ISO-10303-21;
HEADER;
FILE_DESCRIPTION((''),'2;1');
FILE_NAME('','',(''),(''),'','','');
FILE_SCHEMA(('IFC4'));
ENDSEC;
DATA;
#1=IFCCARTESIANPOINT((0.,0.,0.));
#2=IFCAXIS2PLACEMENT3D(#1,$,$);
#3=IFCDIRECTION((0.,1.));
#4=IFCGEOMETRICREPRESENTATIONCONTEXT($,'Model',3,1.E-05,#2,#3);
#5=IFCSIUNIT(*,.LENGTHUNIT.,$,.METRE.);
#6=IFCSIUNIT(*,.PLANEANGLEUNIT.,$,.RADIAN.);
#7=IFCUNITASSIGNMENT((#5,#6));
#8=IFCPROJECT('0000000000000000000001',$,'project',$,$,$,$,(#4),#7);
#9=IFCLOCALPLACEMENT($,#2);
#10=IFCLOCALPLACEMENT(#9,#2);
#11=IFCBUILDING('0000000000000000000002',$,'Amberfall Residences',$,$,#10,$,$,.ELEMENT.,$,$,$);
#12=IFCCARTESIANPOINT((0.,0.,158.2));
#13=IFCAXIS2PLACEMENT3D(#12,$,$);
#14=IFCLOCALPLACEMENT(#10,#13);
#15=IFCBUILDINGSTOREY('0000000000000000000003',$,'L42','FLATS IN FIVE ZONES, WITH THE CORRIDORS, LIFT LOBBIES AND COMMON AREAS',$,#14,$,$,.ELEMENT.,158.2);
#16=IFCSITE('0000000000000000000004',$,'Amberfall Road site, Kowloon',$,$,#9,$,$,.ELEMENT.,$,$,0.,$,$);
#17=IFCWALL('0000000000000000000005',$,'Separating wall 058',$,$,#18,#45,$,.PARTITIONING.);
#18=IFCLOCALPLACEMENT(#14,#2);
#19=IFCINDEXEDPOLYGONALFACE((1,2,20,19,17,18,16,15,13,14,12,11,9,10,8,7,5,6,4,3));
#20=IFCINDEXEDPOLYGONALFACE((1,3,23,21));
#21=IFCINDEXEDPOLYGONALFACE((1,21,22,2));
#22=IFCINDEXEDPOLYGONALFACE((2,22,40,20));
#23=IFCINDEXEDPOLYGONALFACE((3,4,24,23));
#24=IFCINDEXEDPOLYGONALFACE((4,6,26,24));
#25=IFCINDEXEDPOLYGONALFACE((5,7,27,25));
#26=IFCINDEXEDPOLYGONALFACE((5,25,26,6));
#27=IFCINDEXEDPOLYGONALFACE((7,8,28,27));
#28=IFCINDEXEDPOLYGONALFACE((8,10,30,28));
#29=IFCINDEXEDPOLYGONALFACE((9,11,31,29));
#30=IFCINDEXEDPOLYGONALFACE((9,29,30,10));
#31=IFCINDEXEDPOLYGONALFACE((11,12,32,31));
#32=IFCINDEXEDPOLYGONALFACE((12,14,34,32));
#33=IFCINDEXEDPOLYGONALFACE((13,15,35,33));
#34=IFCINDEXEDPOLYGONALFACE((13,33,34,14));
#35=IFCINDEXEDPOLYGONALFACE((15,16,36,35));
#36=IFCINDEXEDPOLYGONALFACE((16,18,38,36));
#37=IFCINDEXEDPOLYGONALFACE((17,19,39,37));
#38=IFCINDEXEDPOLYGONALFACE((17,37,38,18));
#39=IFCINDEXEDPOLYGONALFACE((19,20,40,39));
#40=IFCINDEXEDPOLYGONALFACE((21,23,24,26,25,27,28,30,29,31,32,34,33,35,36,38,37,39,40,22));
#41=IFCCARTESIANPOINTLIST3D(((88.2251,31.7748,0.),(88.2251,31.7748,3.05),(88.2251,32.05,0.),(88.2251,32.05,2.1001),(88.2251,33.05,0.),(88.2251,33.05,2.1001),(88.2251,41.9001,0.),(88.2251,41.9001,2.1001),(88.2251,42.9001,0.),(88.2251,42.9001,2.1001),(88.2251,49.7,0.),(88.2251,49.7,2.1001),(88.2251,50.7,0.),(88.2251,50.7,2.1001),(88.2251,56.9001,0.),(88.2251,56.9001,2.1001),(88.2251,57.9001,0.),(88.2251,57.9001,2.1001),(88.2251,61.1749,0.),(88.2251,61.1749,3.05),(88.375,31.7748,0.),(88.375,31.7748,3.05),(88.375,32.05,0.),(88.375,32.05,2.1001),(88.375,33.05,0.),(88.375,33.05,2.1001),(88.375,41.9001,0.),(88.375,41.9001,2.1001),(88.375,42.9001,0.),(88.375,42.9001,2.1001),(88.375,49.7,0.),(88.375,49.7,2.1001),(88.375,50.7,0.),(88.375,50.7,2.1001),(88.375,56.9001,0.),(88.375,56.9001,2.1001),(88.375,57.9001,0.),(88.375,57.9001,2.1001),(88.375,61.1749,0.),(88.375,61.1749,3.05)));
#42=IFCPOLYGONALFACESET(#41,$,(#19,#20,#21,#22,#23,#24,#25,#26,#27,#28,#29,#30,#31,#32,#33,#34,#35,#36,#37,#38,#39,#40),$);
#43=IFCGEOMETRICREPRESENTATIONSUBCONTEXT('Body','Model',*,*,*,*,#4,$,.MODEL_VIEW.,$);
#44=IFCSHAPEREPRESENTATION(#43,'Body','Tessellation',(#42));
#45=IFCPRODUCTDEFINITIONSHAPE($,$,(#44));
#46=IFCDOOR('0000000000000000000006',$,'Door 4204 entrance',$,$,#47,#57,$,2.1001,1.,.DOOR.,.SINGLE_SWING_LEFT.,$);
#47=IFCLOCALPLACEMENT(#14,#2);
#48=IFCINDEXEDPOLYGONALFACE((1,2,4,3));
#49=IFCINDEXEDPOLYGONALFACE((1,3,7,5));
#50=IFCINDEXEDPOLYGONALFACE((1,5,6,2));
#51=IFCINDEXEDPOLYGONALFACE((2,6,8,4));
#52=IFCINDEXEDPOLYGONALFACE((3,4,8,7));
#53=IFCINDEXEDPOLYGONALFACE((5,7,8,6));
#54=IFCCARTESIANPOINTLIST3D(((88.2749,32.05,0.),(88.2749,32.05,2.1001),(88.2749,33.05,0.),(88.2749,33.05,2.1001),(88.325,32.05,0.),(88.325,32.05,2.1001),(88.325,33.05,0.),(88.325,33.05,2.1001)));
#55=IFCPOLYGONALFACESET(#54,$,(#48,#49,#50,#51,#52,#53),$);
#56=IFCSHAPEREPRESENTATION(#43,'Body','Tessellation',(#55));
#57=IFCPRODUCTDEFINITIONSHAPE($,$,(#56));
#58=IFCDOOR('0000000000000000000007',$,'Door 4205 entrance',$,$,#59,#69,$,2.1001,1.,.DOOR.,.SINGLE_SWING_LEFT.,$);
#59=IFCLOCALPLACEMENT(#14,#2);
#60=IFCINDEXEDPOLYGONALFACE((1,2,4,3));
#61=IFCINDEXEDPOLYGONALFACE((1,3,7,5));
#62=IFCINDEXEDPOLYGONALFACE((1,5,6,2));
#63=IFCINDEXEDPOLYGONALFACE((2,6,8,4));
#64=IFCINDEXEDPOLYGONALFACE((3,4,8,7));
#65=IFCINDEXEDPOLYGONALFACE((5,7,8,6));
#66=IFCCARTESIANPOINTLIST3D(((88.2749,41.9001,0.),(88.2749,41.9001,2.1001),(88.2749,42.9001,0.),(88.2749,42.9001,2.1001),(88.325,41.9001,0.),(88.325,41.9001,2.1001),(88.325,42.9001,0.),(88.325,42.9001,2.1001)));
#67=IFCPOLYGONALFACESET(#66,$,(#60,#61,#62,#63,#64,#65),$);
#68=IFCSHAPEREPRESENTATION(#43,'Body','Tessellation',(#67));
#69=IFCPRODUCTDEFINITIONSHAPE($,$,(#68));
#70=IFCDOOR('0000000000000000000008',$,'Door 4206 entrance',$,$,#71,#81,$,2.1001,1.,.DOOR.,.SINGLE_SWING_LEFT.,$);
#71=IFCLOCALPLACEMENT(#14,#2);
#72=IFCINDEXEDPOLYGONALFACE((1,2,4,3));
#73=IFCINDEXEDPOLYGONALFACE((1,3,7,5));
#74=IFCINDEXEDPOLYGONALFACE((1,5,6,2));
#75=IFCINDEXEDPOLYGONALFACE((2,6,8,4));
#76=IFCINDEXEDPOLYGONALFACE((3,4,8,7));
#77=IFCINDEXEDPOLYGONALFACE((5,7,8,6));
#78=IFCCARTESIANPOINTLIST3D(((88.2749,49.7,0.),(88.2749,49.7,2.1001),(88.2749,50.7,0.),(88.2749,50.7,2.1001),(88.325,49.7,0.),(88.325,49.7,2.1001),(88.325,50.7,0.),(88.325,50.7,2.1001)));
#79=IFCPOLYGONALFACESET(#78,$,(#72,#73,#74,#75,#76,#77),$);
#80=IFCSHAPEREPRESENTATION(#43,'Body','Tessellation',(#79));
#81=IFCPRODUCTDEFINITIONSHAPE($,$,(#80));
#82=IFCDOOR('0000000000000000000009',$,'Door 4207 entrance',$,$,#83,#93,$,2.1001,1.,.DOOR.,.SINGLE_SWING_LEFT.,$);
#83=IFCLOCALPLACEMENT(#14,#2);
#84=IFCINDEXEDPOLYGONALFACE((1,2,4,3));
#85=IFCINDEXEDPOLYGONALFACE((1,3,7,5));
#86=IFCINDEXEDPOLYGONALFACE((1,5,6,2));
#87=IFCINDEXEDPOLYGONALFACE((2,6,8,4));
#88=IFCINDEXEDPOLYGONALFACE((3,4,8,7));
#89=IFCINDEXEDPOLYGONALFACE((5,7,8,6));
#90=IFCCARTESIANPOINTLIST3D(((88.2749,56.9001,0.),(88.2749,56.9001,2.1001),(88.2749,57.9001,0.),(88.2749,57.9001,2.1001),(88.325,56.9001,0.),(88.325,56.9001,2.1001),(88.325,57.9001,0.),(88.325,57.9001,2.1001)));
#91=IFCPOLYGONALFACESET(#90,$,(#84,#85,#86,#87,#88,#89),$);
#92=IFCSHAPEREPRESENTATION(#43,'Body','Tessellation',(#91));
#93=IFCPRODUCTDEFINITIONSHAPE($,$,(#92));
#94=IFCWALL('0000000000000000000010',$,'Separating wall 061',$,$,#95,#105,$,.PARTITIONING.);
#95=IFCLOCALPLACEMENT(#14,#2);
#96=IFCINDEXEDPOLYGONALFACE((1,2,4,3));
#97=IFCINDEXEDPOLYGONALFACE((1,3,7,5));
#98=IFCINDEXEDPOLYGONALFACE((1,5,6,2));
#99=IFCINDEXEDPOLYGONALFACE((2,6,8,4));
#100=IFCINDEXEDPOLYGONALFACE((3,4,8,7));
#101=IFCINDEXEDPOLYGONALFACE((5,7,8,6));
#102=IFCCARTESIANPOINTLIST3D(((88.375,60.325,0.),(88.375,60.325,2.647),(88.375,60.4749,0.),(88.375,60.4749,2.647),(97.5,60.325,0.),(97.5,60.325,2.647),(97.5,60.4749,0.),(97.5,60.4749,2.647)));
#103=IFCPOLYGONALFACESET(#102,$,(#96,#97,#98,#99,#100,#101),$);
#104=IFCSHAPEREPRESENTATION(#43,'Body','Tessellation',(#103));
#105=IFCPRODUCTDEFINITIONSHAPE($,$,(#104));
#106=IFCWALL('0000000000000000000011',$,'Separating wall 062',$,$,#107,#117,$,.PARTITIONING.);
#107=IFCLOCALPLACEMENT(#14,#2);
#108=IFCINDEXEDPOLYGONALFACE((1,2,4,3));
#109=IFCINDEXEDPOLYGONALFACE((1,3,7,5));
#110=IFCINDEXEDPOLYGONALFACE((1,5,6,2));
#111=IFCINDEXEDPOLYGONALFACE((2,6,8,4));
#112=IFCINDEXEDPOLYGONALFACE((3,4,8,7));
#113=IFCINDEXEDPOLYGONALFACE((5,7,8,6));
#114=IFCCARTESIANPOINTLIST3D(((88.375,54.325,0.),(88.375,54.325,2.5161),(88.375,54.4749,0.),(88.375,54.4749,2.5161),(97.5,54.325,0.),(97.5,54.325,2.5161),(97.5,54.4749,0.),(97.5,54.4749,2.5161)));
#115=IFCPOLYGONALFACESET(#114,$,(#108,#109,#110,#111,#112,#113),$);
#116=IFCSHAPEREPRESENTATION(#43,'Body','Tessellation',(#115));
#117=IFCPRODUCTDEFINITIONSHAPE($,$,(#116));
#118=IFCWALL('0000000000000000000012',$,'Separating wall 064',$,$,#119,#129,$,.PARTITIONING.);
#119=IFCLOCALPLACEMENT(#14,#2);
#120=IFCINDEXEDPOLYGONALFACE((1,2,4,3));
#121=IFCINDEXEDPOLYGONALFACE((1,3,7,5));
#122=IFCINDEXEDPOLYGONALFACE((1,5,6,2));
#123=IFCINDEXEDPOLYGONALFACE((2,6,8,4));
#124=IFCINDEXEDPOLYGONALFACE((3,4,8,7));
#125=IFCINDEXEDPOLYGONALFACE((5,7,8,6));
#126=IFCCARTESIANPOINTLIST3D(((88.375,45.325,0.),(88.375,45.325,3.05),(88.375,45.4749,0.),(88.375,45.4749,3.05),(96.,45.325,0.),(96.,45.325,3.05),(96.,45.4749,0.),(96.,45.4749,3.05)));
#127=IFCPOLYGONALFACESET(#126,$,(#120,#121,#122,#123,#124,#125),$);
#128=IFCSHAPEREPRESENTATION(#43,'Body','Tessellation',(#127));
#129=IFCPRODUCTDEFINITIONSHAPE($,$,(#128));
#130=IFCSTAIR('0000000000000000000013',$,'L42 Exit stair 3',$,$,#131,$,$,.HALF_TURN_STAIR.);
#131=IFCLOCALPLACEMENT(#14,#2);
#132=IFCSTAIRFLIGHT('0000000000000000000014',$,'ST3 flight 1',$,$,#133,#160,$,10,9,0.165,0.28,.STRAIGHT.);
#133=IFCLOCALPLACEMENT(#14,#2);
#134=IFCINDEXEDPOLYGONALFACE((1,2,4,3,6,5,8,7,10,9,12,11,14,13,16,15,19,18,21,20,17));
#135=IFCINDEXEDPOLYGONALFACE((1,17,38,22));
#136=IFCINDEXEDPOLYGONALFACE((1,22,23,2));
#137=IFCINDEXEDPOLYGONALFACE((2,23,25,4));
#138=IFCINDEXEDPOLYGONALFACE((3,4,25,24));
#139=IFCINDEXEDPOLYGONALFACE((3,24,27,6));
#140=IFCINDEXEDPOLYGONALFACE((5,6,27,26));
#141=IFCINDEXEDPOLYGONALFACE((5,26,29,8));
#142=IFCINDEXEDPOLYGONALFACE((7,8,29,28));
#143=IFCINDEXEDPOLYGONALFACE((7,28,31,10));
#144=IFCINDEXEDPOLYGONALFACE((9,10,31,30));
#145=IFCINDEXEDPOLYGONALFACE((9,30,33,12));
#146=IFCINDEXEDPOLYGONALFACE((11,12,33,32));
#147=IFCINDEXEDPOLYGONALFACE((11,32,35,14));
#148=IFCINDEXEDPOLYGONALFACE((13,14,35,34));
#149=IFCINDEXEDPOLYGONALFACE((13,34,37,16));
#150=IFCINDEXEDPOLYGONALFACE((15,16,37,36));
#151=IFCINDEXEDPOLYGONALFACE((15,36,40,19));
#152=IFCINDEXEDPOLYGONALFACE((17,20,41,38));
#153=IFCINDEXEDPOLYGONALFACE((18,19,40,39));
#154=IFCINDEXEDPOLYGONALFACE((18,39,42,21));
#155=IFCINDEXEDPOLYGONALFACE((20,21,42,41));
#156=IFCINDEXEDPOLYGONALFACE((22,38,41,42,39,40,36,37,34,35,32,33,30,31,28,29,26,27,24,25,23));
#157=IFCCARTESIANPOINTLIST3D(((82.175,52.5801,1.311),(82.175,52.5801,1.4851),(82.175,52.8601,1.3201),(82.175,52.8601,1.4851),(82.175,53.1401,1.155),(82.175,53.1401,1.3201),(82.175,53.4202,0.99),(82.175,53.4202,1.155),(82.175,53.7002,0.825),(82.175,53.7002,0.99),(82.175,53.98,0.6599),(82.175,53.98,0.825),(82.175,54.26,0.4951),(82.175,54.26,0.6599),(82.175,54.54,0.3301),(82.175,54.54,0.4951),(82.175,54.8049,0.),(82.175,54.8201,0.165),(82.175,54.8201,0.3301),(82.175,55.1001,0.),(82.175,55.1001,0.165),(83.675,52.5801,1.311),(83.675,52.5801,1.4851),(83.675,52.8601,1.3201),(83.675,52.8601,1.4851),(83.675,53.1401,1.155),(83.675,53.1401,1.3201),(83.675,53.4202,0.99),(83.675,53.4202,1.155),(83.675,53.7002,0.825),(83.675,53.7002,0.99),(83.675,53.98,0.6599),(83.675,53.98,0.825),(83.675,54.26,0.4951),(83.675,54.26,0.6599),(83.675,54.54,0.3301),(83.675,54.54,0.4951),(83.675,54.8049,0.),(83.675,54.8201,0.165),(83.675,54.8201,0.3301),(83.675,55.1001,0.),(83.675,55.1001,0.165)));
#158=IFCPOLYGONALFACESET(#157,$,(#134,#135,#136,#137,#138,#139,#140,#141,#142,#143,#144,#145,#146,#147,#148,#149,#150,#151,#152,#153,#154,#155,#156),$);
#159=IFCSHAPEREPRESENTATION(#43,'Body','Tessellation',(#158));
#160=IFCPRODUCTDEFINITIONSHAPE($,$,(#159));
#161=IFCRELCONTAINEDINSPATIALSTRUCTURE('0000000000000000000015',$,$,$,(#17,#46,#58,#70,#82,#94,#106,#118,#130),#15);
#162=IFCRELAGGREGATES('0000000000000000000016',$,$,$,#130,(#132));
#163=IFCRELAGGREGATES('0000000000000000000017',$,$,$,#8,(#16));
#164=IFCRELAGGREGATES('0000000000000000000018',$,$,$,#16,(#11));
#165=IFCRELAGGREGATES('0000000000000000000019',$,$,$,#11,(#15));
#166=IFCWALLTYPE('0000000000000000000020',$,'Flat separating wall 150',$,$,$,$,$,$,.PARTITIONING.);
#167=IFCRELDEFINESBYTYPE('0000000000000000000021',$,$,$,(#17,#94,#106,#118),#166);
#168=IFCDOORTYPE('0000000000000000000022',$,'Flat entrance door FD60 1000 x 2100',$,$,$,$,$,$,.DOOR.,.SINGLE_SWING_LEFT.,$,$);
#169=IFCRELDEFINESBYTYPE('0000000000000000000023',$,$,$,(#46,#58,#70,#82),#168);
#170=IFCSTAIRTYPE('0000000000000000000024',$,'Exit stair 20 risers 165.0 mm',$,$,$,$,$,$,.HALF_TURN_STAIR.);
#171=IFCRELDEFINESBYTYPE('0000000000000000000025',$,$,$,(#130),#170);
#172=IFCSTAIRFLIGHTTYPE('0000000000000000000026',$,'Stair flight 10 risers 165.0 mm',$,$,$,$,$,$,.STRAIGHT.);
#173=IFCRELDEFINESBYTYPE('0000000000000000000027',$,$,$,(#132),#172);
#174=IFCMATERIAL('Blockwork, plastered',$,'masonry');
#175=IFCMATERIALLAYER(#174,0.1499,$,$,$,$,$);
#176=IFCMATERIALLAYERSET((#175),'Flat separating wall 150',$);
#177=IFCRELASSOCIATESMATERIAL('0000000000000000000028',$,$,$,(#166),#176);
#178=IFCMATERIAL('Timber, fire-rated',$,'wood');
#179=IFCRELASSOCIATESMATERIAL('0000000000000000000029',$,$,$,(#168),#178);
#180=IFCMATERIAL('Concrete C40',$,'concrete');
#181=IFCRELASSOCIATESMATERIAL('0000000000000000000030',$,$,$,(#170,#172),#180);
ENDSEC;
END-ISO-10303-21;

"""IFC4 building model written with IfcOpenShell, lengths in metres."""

from ifc_helpers import new_model, si_unit, direction, frame, frame_2d, origin, place, context, subcontext, project, spatial, polyline, rectangle, outline, extrude, material, layer, layer_set, type_object, element, fill, aggregate, save


model = new_model("IFC4")

# Units and contexts
model_context = context("Model", 3, precision=1e-05, world=origin(), true_north=direction((0.0, 1.0)))
body_context = subcontext(model_context, "Body", "Model", "MODEL_VIEW")
ifc_project = project(units=[si_unit("LENGTHUNIT", "METRE"), si_unit("PLANEANGLEUNIT", "RADIAN")], contexts=[model_context])

# Site, building, storey
site_placement = place(None, origin())
site = spatial("IfcSite", under=ifc_project, at=site_placement, Name="Amberfall Road site, Kowloon", CompositionType="ELEMENT", RefElevation=0.0)
building_placement = place(site_placement, origin())
building = spatial("IfcBuilding", under=site, at=building_placement, Name="Amberfall Residences", CompositionType="ELEMENT")
storey_placement = place(building_placement, frame((0.0, 0.0, 158.2)))
storey = spatial("IfcBuildingStorey", under=building, at=storey_placement, Name="L42", Description="FLATS IN FIVE ZONES, WITH THE CORRIDORS, LIFT LOBBIES AND COMMON AREAS", CompositionType="ELEMENT", Elevation=158.2)

# Shared definitions
ifc_material_1 = material(Name="Blockwork, plastered", Category="masonry")
ifc_layer_1 = layer(ifc_material_1, 0.1499)
ifc_layer_set_1 = layer_set([ifc_layer_1], Name="Flat separating wall 150")
wall_type_1 = type_object("IfcWallType", Name="Flat separating wall 150", PredefinedType="PARTITIONING", material=ifc_layer_set_1)

# Wall, openings, doors
wall_1_placement = place(storey_placement, frame((88.3, 61.175, 0.0), z_axis=(0.0, 0.0, 1.0), x_axis=(0.0, -1.0, 0.0)))
wall_1 = element("IfcWall", 1, at=wall_1_placement, inside=storey, type_object=wall_type_1, Name="Separating wall 058", PredefinedType="PARTITIONING", context=body_context, shape_type="SweptSolid", body=[
    extrude(rectangle(XDim=29.4001, YDim=0.1499, at=frame_2d((14.7002, 0.0))), origin(), (0.0, 0.0, 1.0), 3.05),
])
opening_1_placement = place(wall_1_placement, frame((28.125, 0.0, 0.0)))
opening_1 = element("IfcOpeningElement", 2, at=opening_1_placement, cuts=wall_1, PredefinedType="OPENING", context=body_context, shape_type="SweptSolid", body=[
    extrude(rectangle(XDim=1.0, YDim=2.1001, at=frame_2d((0.5, 1.05))), frame((0.0, 0.085, 0.0), z_axis=(0.0, -1.0, 0.0), x_axis=(1.0, 0.0, 0.0)), (0.0, 0.0, 1.0), 0.1699),
])
opening_2_placement = place(wall_1_placement, frame((18.2749, 0.0, 0.0)))
opening_2 = element("IfcOpeningElement", 3, at=opening_2_placement, cuts=wall_1, PredefinedType="OPENING", context=body_context, shape_type="SweptSolid", body=[
    extrude(rectangle(XDim=1.0, YDim=2.1001, at=frame_2d((0.5, 1.05))), frame((0.0, 0.085, 0.0), z_axis=(0.0, -1.0, 0.0), x_axis=(1.0, 0.0, 0.0)), (0.0, 0.0, 1.0), 0.1699),
])
opening_3_placement = place(wall_1_placement, frame((10.4751, 0.0, 0.0)))
opening_3 = element("IfcOpeningElement", 4, at=opening_3_placement, cuts=wall_1, PredefinedType="OPENING", context=body_context, shape_type="SweptSolid", body=[
    extrude(rectangle(XDim=1.0, YDim=2.1001, at=frame_2d((0.5, 1.05))), frame((0.0, 0.085, 0.0), z_axis=(0.0, -1.0, 0.0), x_axis=(1.0, 0.0, 0.0)), (0.0, 0.0, 1.0), 0.1699),
])
opening_4_placement = place(wall_1_placement, frame((3.2749, 0.0, 0.0)))
opening_4 = element("IfcOpeningElement", 5, at=opening_4_placement, cuts=wall_1, PredefinedType="OPENING", context=body_context, shape_type="SweptSolid", body=[
    extrude(rectangle(XDim=1.0, YDim=2.1001, at=frame_2d((0.5, 1.05))), frame((0.0, 0.085, 0.0), z_axis=(0.0, -1.0, 0.0), x_axis=(1.0, 0.0, 0.0)), (0.0, 0.0, 1.0), 0.1699),
])
ifc_material_2 = material(Name="Timber, fire-rated", Category="wood")
door_type_1 = type_object("IfcDoorType", Name="Flat entrance door FD60 1000 x 2100", OperationType="SINGLE_SWING_LEFT", PredefinedType="DOOR", material=ifc_material_2)
door_1_placement = place(opening_1_placement, origin())
door_1 = element("IfcDoor", 6, at=door_1_placement, inside=storey, type_object=door_type_1, Name="Door 4204 entrance", OperationType="SINGLE_SWING_LEFT", OverallHeight=2.1001, OverallWidth=1.0, PredefinedType="DOOR", context=body_context, shape_type="SweptSolid", body=[
    extrude(rectangle(XDim=1.0, YDim=2.1001, at=frame_2d((0.5, 1.05))), frame((0.0, 0.0249, 0.0), z_axis=(0.0, -1.0, 0.0), x_axis=(1.0, 0.0, 0.0)), (0.0, 0.0, 1.0), 0.05),
])
fill(opening_1, door_1)
door_2_placement = place(opening_2_placement, origin())
door_2 = element("IfcDoor", 7, at=door_2_placement, inside=storey, type_object=door_type_1, Name="Door 4205 entrance", OperationType="SINGLE_SWING_LEFT", OverallHeight=2.1001, OverallWidth=1.0, PredefinedType="DOOR", context=body_context, shape_type="SweptSolid", body=[
    extrude(rectangle(XDim=1.0, YDim=2.1001, at=frame_2d((0.5, 1.05))), frame((0.0, 0.0249, 0.0), z_axis=(0.0, -1.0, 0.0), x_axis=(1.0, 0.0, 0.0)), (0.0, 0.0, 1.0), 0.05),
])
fill(opening_2, door_2)
door_3_placement = place(opening_3_placement, origin())
door_3 = element("IfcDoor", 8, at=door_3_placement, inside=storey, type_object=door_type_1, Name="Door 4206 entrance", OperationType="SINGLE_SWING_LEFT", OverallHeight=2.1001, OverallWidth=1.0, PredefinedType="DOOR", context=body_context, shape_type="SweptSolid", body=[
    extrude(rectangle(XDim=1.0, YDim=2.1001, at=frame_2d((0.5, 1.05))), frame((0.0, 0.0249, 0.0), z_axis=(0.0, -1.0, 0.0), x_axis=(1.0, 0.0, 0.0)), (0.0, 0.0, 1.0), 0.05),
])
fill(opening_3, door_3)
door_4_placement = place(opening_4_placement, origin())
door_4 = element("IfcDoor", 9, at=door_4_placement, inside=storey, type_object=door_type_1, Name="Door 4207 entrance", OperationType="SINGLE_SWING_LEFT", OverallHeight=2.1001, OverallWidth=1.0, PredefinedType="DOOR", context=body_context, shape_type="SweptSolid", body=[
    extrude(rectangle(XDim=1.0, YDim=2.1001, at=frame_2d((0.5, 1.05))), frame((0.0, 0.0249, 0.0), z_axis=(0.0, -1.0, 0.0), x_axis=(1.0, 0.0, 0.0)), (0.0, 0.0, 1.0), 0.05),
])
fill(opening_4, door_4)

# Walls
wall_2_placement = place(storey_placement, frame((88.375, 60.3999, 0.0), z_axis=(0.0, 0.0, 1.0), x_axis=(1.0, 0.0, 0.0)))
element("IfcWall", 10, at=wall_2_placement, inside=storey, type_object=wall_type_1, Name="Separating wall 061", PredefinedType="PARTITIONING", context=body_context, shape_type="SweptSolid", body=[
    extrude(rectangle(XDim=9.125, YDim=0.1499, at=frame_2d((4.5625, 0.0))), origin(), (0.0, 0.0, 1.0), 2.647),
])
wall_3_placement = place(storey_placement, frame((88.375, 54.3999, 0.0), z_axis=(0.0, 0.0, 1.0), x_axis=(1.0, 0.0, 0.0)))
element("IfcWall", 11, at=wall_3_placement, inside=storey, type_object=wall_type_1, Name="Separating wall 062", PredefinedType="PARTITIONING", context=body_context, shape_type="SweptSolid", body=[
    extrude(rectangle(XDim=9.125, YDim=0.1499, at=frame_2d((4.5625, 0.0))), origin(), (0.0, 0.0, 1.0), 2.5161),
])
wall_4_placement = place(storey_placement, frame((88.375, 45.3999, 0.0), z_axis=(0.0, 0.0, 1.0), x_axis=(1.0, 0.0, 0.0)))
element("IfcWall", 12, at=wall_4_placement, inside=storey, type_object=wall_type_1, Name="Separating wall 064", PredefinedType="PARTITIONING", context=body_context, shape_type="SweptSolid", body=[
    extrude(rectangle(XDim=7.625, YDim=0.1499, at=frame_2d((3.8125, 0.0))), origin(), (0.0, 0.0, 1.0), 3.05),
])

# Stair, stair flight
ifc_material_3 = material(Name="Concrete C40", Category="concrete")
stair_type = type_object("IfcStairType", Name="Exit stair 20 risers 165.0 mm", PredefinedType="HALF_TURN_STAIR", material=ifc_material_3)
stair_placement = place(storey_placement, origin())
stair = element("IfcStair", 13, at=stair_placement, inside=storey, type_object=stair_type, Name="L42 Exit stair 3", PredefinedType="HALF_TURN_STAIR")
stair_flight_type = type_object("IfcStairFlightType", Name="Stair flight 10 risers 165.0 mm", PredefinedType="STRAIGHT", material=ifc_material_3)
stair_flight_1_placement = place(storey_placement, frame((82.925, 55.1001, 0.0), z_axis=(0.0, 0.0, 1.0), x_axis=(0.0, -1.0, 0.0)))
stair_flight_1 = element("IfcStairFlight", 14, at=stair_flight_1_placement, type_object=stair_flight_type, Name="ST3 flight 1", NumberOfRisers=10, NumberOfTreads=9, PredefinedType="STRAIGHT", RiserHeight=0.165, TreadLength=0.28, context=body_context, shape_type="SweptSolid", body=[
    extrude(outline(polyline([(0.0, 0.0), (0.0, 0.165), (0.28, 0.165), (0.28, 0.3301), (0.5601, 0.3301), (0.5601, 0.4951), (0.8401, 0.4951), (0.8401, 0.6599), (1.1201, 0.6599), (1.1201, 0.825), (1.3999, 0.825), (1.3999, 0.99), (1.6799, 0.99), (1.6799, 1.155), (1.96, 1.155), (1.96, 1.3201), (2.24, 1.3201), (2.24, 1.4851), (2.52, 1.4851), (2.52, 1.6499), (2.52, 1.311), (0.2952, 0.0), (0.0, 0.0)])), frame((0.0, 0.75, 0.0), z_axis=(0.0, -1.0, 0.0), x_axis=(1.0, 0.0, 0.0)), (0.0, 0.0, 1.0), 1.5),
])
aggregate(stair, [stair_flight_1])

save(model, "model.ifc")
